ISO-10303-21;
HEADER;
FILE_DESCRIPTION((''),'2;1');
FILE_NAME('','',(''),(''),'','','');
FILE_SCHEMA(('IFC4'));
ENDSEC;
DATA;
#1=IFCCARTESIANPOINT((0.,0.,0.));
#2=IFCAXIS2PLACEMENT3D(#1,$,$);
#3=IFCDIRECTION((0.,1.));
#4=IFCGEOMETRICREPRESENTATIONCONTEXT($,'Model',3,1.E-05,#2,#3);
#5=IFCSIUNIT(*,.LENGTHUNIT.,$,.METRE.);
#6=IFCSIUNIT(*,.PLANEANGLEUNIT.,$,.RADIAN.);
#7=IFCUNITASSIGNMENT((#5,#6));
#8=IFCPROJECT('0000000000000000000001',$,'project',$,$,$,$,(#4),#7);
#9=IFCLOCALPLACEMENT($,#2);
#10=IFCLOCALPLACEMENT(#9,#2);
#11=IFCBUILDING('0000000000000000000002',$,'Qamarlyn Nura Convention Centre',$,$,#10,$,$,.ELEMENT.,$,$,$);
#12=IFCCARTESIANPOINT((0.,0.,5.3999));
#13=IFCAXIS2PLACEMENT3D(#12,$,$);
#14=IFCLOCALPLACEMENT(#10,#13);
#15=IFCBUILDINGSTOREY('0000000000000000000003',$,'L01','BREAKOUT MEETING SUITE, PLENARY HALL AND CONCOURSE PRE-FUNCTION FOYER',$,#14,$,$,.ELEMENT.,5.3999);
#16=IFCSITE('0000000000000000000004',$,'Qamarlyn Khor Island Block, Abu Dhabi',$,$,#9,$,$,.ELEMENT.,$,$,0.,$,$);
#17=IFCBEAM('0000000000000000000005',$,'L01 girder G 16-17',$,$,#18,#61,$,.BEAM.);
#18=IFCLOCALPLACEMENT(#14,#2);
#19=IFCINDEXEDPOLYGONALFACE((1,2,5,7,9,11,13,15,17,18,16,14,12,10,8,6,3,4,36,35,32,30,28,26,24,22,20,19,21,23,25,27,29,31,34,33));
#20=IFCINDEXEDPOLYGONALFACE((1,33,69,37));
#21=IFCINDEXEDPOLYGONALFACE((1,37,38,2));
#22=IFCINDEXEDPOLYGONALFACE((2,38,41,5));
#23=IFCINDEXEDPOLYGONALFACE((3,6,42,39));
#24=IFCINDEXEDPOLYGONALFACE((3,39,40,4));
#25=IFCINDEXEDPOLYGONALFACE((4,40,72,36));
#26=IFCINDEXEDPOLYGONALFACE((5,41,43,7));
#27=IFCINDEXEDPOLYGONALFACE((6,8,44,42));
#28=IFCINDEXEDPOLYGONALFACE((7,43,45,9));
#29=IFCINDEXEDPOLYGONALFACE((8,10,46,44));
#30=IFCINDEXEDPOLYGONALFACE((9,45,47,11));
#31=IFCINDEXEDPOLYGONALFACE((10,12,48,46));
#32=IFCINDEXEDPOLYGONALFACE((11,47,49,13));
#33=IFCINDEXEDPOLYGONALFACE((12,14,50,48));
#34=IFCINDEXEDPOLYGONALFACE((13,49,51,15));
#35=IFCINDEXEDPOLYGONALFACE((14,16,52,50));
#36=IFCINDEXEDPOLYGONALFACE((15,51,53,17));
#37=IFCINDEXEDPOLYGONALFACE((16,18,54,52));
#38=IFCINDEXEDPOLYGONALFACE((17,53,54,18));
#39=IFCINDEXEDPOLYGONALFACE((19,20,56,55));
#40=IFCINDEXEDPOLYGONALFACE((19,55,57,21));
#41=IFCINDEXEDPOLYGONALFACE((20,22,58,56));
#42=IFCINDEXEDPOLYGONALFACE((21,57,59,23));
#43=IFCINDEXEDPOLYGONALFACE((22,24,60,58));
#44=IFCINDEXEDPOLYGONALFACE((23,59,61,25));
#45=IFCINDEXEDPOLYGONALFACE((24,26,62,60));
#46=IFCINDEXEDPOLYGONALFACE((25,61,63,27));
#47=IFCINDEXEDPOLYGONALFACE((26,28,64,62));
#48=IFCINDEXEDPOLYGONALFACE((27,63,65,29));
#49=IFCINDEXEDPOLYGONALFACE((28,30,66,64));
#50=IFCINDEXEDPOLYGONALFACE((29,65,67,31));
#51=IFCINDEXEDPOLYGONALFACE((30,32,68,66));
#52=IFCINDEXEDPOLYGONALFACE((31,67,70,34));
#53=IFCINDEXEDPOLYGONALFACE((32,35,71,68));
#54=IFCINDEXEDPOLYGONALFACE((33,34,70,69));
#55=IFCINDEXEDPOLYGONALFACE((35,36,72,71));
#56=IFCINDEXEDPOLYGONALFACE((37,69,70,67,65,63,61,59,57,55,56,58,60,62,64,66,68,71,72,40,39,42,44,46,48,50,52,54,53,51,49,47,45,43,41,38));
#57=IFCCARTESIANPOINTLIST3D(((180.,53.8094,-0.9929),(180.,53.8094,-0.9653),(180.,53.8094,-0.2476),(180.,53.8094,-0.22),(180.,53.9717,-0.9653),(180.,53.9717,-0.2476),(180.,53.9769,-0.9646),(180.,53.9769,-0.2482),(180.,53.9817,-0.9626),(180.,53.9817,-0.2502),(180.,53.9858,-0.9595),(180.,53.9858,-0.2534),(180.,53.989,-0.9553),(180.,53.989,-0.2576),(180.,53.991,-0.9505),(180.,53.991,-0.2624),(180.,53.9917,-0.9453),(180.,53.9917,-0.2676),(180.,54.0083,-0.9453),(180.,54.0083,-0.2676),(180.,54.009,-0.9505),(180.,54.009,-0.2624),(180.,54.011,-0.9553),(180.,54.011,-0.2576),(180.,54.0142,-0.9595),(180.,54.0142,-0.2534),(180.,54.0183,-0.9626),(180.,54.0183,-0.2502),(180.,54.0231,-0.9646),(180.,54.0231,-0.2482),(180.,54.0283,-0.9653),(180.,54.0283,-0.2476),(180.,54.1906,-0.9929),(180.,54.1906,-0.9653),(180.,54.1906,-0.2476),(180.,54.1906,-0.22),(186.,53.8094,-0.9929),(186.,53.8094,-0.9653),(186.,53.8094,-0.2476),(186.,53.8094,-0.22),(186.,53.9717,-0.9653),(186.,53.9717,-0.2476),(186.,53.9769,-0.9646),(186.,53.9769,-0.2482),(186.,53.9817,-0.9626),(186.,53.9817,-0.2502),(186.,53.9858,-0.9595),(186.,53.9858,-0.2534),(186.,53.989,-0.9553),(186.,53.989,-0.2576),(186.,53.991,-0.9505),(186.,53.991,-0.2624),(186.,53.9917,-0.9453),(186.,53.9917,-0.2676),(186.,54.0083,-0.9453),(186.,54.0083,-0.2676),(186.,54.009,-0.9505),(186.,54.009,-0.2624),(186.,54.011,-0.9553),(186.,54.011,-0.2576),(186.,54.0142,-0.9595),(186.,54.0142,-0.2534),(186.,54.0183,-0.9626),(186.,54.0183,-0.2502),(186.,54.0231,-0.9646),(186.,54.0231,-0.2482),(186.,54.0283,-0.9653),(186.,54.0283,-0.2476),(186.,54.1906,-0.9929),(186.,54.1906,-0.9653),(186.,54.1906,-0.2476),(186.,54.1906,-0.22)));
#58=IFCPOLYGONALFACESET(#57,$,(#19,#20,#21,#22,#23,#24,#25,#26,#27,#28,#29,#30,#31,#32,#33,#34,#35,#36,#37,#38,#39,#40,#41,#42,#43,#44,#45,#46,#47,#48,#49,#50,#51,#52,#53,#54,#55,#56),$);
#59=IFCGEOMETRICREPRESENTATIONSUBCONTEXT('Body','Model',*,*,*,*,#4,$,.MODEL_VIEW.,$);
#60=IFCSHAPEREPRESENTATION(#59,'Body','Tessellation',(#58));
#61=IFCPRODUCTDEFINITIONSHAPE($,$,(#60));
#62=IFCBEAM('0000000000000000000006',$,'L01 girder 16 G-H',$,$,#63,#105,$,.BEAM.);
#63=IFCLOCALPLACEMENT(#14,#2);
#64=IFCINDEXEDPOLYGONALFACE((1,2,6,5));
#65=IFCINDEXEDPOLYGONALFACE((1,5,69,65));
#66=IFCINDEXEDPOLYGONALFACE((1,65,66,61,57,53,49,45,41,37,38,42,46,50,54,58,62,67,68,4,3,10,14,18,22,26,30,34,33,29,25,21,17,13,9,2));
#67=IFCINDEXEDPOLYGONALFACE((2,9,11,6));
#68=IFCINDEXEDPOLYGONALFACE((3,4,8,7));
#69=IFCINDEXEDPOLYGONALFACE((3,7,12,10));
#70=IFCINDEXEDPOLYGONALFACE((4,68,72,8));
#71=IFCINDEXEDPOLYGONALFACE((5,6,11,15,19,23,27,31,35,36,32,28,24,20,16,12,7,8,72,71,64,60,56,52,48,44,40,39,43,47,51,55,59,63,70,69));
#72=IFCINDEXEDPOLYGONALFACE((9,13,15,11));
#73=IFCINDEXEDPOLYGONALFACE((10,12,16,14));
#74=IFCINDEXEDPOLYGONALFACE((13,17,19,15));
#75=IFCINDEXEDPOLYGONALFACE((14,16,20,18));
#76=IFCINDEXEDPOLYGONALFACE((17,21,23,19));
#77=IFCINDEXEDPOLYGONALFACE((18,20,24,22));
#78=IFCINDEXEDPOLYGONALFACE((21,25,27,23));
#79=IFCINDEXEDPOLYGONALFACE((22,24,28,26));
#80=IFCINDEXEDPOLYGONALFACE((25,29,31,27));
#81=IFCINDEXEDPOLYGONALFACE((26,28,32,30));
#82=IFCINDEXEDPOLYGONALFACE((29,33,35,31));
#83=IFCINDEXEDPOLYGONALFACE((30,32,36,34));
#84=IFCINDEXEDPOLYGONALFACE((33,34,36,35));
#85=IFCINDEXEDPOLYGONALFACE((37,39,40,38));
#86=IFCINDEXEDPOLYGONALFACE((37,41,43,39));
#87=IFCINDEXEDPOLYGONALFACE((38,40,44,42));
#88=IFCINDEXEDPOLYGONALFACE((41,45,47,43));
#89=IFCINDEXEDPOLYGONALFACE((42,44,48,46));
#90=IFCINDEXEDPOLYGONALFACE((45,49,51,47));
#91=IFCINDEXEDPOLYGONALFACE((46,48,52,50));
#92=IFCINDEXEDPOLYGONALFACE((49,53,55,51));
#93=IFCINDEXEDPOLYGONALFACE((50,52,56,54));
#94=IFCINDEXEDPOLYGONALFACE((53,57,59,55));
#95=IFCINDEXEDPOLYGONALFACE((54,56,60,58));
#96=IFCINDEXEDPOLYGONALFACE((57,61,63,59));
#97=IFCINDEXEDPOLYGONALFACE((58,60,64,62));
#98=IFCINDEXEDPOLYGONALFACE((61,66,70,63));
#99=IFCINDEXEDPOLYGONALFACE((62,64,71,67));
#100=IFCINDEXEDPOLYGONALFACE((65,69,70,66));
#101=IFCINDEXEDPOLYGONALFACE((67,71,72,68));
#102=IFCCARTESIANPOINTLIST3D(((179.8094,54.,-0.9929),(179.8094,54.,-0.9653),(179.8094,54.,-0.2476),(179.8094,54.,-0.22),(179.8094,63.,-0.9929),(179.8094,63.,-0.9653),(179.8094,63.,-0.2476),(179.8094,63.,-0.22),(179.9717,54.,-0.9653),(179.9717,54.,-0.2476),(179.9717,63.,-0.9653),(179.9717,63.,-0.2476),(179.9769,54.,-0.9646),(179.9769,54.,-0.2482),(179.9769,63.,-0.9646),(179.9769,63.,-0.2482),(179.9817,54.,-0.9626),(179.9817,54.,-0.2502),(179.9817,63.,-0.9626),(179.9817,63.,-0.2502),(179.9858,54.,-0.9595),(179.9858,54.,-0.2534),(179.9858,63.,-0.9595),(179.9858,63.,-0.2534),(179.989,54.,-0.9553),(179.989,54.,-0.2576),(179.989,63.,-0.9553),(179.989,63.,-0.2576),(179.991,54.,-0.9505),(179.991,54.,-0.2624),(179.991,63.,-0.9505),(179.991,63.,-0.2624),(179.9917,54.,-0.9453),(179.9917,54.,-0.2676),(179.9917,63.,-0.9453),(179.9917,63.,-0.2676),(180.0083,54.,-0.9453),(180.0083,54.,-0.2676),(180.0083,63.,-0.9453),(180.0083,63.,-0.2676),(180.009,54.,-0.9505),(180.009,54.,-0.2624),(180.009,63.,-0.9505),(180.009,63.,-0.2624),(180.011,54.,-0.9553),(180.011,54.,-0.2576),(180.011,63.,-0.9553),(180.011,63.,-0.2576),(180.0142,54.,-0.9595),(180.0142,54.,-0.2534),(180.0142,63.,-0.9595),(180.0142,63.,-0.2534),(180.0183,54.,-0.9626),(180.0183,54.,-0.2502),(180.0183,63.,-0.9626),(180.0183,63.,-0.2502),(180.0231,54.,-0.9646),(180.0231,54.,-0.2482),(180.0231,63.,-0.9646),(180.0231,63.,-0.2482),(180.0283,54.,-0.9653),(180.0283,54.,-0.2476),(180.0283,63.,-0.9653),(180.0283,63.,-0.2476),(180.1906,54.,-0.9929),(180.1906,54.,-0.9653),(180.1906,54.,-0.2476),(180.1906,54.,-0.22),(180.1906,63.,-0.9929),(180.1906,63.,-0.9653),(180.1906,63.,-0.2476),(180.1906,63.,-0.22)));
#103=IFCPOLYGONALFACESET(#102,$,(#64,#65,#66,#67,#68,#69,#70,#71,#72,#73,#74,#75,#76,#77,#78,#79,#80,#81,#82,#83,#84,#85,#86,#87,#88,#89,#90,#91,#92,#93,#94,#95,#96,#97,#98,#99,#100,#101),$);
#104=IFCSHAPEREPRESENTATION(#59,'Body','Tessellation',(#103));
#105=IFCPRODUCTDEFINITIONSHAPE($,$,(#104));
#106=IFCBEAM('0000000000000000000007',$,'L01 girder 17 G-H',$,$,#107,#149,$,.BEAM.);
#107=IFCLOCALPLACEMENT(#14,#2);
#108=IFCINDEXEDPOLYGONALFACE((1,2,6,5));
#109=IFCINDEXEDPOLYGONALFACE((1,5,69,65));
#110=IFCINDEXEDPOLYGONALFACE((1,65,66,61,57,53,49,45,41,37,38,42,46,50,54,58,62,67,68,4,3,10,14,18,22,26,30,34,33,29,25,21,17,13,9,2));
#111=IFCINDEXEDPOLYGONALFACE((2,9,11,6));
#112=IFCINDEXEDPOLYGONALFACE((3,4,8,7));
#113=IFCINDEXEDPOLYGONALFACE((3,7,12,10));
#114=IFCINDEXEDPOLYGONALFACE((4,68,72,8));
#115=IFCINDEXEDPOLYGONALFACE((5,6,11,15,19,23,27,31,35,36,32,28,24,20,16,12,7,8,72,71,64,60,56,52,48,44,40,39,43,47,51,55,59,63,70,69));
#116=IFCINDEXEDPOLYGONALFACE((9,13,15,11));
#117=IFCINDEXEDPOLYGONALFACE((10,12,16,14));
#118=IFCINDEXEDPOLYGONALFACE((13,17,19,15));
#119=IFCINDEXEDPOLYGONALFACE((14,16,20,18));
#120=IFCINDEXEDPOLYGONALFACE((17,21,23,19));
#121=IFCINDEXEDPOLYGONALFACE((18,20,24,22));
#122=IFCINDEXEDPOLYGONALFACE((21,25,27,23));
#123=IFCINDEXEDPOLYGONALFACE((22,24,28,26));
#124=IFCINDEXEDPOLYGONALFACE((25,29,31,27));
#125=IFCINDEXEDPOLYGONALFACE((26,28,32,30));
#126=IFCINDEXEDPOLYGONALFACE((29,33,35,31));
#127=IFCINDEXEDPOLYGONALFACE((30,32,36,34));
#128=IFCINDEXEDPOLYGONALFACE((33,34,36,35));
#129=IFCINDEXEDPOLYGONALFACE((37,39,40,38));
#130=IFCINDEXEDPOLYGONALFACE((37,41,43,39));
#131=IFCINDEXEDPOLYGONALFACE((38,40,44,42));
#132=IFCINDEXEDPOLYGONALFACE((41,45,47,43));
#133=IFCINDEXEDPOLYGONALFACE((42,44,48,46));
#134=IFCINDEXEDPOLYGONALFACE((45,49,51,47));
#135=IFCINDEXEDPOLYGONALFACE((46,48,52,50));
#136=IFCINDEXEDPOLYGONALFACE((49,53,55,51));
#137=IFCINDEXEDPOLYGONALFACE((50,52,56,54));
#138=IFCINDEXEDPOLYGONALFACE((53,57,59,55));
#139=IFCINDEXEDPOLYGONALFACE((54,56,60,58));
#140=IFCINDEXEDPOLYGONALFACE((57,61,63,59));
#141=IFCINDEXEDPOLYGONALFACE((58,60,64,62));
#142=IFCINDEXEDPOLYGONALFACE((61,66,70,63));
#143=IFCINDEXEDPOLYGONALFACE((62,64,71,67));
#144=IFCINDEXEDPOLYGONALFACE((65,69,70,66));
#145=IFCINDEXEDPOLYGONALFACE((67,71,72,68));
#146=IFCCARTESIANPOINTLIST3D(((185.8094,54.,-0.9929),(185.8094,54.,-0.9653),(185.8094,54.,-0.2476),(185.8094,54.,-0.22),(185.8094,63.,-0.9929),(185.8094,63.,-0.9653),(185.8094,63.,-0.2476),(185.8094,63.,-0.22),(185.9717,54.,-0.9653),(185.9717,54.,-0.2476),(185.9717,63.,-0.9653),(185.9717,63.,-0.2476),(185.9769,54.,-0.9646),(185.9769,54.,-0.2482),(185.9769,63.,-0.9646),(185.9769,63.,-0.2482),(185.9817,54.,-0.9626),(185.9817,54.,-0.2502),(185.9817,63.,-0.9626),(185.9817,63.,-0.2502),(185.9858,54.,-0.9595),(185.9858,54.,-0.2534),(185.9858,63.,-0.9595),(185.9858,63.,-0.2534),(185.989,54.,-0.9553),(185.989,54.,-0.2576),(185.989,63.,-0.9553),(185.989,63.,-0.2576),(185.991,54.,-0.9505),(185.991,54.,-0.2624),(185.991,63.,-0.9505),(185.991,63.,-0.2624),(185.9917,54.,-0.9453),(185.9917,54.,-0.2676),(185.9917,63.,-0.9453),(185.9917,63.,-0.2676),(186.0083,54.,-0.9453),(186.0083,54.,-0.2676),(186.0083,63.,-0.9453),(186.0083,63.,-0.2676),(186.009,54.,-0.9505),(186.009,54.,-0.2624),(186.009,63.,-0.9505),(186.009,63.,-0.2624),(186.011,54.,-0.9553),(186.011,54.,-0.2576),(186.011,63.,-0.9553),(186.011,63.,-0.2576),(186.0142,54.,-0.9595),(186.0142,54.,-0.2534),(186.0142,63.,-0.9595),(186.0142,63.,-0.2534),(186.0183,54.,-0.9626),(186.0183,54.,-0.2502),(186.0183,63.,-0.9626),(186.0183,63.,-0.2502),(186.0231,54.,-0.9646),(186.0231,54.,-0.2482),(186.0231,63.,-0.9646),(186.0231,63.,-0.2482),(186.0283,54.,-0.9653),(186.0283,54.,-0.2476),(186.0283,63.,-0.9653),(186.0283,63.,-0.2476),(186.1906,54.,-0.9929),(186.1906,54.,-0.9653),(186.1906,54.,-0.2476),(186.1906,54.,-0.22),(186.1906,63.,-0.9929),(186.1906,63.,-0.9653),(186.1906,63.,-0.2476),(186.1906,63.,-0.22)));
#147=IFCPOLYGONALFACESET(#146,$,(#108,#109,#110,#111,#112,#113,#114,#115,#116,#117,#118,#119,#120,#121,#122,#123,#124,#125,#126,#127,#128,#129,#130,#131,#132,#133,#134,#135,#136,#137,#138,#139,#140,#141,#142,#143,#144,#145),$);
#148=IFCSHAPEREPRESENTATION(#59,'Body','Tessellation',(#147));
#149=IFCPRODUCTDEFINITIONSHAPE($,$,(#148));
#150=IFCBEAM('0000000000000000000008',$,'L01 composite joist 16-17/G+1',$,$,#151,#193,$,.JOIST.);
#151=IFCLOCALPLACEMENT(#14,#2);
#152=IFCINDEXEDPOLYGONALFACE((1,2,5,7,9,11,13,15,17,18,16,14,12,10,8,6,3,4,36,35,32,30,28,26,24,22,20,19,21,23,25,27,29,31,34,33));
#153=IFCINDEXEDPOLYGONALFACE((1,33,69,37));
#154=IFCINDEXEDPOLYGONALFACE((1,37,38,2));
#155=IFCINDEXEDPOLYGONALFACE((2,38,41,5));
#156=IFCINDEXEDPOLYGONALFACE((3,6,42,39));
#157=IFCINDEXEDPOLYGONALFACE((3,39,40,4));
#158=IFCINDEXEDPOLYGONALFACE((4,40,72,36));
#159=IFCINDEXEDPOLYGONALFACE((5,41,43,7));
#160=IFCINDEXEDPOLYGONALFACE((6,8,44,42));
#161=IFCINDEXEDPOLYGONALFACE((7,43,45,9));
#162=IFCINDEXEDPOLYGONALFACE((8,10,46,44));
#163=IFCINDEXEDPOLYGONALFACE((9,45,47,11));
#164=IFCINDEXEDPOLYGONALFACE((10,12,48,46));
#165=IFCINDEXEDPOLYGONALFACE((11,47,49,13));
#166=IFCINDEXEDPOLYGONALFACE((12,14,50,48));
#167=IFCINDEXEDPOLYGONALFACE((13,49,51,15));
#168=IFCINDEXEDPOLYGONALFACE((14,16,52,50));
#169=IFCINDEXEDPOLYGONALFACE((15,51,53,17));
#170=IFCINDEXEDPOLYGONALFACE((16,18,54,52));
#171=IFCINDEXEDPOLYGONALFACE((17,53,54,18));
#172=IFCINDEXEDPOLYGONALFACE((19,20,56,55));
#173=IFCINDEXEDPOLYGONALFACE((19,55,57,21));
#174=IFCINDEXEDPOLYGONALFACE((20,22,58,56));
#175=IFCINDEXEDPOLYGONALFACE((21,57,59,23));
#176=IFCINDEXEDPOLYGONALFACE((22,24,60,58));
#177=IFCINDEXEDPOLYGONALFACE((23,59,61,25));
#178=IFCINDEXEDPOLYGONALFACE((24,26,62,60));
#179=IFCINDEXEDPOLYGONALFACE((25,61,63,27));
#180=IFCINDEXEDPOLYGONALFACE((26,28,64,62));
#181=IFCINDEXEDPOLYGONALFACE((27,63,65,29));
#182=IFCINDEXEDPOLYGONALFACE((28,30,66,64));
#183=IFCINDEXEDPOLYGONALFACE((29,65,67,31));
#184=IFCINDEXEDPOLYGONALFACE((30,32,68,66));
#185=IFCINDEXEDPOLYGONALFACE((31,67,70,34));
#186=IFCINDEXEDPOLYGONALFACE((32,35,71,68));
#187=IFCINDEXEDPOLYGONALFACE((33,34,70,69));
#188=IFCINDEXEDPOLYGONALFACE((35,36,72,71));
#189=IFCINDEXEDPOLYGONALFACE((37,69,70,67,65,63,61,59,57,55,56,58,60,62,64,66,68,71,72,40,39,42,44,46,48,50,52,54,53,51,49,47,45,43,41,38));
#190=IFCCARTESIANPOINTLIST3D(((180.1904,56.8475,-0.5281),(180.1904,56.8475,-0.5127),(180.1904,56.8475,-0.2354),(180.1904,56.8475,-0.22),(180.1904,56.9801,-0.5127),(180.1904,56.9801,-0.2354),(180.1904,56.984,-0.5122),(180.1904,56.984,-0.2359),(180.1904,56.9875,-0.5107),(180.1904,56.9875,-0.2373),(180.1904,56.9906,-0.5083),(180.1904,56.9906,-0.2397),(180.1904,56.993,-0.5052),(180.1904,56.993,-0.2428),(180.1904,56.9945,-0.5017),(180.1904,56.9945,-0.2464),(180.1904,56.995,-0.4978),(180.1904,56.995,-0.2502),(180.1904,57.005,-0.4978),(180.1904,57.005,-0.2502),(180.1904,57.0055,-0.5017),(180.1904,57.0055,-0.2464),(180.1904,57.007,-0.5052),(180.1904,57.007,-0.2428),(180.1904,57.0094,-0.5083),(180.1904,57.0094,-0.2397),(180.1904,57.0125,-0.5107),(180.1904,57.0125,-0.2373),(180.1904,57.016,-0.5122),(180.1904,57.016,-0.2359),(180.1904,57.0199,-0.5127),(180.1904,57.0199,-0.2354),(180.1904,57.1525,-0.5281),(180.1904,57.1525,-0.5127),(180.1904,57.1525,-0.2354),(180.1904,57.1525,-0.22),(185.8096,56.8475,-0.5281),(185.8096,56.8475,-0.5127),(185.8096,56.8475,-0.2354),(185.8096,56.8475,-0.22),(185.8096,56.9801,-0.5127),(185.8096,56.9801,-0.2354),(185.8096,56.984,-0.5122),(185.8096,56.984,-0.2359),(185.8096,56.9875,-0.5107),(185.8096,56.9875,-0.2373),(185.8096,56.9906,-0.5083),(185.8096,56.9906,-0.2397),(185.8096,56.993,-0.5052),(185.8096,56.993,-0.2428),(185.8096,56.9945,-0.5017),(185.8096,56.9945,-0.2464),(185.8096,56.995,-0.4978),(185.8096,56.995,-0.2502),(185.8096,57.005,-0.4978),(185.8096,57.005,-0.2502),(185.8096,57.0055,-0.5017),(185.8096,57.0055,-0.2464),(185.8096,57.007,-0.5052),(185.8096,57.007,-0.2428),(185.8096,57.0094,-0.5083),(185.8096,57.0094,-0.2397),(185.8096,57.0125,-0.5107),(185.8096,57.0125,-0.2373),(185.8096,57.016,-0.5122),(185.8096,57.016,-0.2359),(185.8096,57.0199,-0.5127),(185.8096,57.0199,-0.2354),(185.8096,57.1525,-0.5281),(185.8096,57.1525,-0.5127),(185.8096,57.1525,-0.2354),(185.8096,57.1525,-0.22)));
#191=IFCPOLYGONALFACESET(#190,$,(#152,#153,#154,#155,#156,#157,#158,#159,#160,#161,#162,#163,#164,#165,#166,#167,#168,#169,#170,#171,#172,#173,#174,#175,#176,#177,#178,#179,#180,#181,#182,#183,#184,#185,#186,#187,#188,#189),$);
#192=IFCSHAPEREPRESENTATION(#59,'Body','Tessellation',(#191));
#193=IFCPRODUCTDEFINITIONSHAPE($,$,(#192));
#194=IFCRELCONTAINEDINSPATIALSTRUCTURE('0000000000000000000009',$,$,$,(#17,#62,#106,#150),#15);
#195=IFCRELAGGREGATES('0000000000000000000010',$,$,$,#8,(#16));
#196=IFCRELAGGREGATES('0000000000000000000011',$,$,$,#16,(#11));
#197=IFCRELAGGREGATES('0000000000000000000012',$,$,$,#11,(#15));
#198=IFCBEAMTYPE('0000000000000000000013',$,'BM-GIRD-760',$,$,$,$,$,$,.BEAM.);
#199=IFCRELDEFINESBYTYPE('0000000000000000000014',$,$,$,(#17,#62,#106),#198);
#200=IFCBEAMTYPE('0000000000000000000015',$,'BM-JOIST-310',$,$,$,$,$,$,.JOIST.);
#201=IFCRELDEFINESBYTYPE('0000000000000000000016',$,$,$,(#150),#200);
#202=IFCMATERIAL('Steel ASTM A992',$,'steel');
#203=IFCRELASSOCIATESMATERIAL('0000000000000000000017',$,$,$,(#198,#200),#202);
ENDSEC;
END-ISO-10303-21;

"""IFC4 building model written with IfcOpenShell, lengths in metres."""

from ifc_helpers import new_model, si_unit, direction, frame, origin, origin_2d, place, context, subcontext, project, spatial, i_section, extrude, material, material_profile, profile_set, type_object, element, save


model = new_model("IFC4")

# Units and contexts
model_context = context("Model", 3, precision=1e-05, world=origin(), true_north=direction((0.0, 1.0)))
body_context = subcontext(model_context, "Body", "Model", "MODEL_VIEW")
ifc_project = project(units=[si_unit("LENGTHUNIT", "METRE"), si_unit("PLANEANGLEUNIT", "RADIAN")], contexts=[model_context])

# Site, building, storey
site_placement = place(None, origin())
site = spatial("IfcSite", under=ifc_project, at=site_placement, Name="Qamarlyn Khor Island Block, Abu Dhabi", CompositionType="ELEMENT", RefElevation=0.0)
building_placement = place(site_placement, origin())
building = spatial("IfcBuilding", under=site, at=building_placement, Name="Qamarlyn Nura Convention Centre", CompositionType="ELEMENT")
storey_placement = place(building_placement, frame((0.0, 0.0, 5.3999)))
storey = spatial("IfcBuildingStorey", under=building, at=storey_placement, Name="L01", Description="BREAKOUT MEETING SUITE, PLENARY HALL AND CONCOURSE PRE-FUNCTION FOYER", CompositionType="ELEMENT", Elevation=5.3999)

# Shared definitions
ifc_material_1 = material(Name="Steel ASTM A992", Category="steel")

# Beams
ifc_material_profile_1 = material_profile(ifc_material_1, i_section(OverallWidth=0.3811, OverallDepth=0.7729, WebThickness=0.0166, FlangeThickness=0.0276, FilletRadius=0.02, at=origin_2d()), Name="W760X257")
ifc_profile_set_1 = profile_set([ifc_material_profile_1], Name="Steel ASTM A992")
beam_type_1 = type_object("IfcBeamType", Name="BM-GIRD-760", PredefinedType="BEAM", material=ifc_profile_set_1)
beam_1_placement = place(storey_placement, frame((180.0, 54.0, -0.6064), z_axis=(1.0, 0.0, 0.0), x_axis=(0.0, 1.0, 0.0)))
element("IfcBeam", 1, at=beam_1_placement, inside=storey, type_object=beam_type_1, Name="L01 girder G 16-17", PredefinedType="BEAM", context=body_context, shape_type="SweptSolid", body=[
    extrude(i_section(OverallWidth=0.3811, OverallDepth=0.7729, WebThickness=0.0166, FlangeThickness=0.0276, FilletRadius=0.02, at=origin_2d()), origin(), (0.0, 0.0, 1.0), 6.0),
])
for number, where, z_axis, x_axis, name in (
    (2, (180.0, 54.0, -0.6064), (0.0, 1.0, 0.0), (-1.0, 0.0, 0.0), "L01 girder 16 G-H"),
    (3, (186.0, 54.0, -0.6064), (0.0, 1.0, 0.0), (-1.0, 0.0, 0.0), "L01 girder 17 G-H"),
):
    element("IfcBeam", number, at=place(storey_placement, frame(where, z_axis=z_axis, x_axis=x_axis)), inside=storey, type_object=beam_type_1, Name=name, PredefinedType="BEAM", context=body_context, shape_type="SweptSolid", body=[
        extrude(i_section(OverallWidth=0.3811, OverallDepth=0.7729, WebThickness=0.0166, FlangeThickness=0.0276, FilletRadius=0.02, at=origin_2d()), origin(), (0.0, 0.0, 1.0), 9.0),
    ])
ifc_material_profile_2 = material_profile(ifc_material_1, i_section(OverallWidth=0.3049, OverallDepth=0.3081, WebThickness=0.01, FlangeThickness=0.0154, FilletRadius=0.0149, at=origin_2d()), Name="W310X97")
ifc_profile_set_2 = profile_set([ifc_material_profile_2], Name="Steel ASTM A992")
beam_type_2 = type_object("IfcBeamType", Name="BM-JOIST-310", PredefinedType="JOIST", material=ifc_profile_set_2)
beam_2_placement = place(storey_placement, frame((180.1904, 57.0, -0.374), z_axis=(1.0, 0.0, 0.0), x_axis=(0.0, 1.0, 0.0)))
element("IfcBeam", 4, at=beam_2_placement, inside=storey, type_object=beam_type_2, Name="L01 composite joist 16-17/G+1", PredefinedType="JOIST", context=body_context, shape_type="SweptSolid", body=[
    extrude(i_section(OverallWidth=0.3049, OverallDepth=0.3081, WebThickness=0.01, FlangeThickness=0.0154, FilletRadius=0.0149, at=origin_2d()), origin(), (0.0, 0.0, 1.0), 5.6191),
])

save(model, "model.ifc")
